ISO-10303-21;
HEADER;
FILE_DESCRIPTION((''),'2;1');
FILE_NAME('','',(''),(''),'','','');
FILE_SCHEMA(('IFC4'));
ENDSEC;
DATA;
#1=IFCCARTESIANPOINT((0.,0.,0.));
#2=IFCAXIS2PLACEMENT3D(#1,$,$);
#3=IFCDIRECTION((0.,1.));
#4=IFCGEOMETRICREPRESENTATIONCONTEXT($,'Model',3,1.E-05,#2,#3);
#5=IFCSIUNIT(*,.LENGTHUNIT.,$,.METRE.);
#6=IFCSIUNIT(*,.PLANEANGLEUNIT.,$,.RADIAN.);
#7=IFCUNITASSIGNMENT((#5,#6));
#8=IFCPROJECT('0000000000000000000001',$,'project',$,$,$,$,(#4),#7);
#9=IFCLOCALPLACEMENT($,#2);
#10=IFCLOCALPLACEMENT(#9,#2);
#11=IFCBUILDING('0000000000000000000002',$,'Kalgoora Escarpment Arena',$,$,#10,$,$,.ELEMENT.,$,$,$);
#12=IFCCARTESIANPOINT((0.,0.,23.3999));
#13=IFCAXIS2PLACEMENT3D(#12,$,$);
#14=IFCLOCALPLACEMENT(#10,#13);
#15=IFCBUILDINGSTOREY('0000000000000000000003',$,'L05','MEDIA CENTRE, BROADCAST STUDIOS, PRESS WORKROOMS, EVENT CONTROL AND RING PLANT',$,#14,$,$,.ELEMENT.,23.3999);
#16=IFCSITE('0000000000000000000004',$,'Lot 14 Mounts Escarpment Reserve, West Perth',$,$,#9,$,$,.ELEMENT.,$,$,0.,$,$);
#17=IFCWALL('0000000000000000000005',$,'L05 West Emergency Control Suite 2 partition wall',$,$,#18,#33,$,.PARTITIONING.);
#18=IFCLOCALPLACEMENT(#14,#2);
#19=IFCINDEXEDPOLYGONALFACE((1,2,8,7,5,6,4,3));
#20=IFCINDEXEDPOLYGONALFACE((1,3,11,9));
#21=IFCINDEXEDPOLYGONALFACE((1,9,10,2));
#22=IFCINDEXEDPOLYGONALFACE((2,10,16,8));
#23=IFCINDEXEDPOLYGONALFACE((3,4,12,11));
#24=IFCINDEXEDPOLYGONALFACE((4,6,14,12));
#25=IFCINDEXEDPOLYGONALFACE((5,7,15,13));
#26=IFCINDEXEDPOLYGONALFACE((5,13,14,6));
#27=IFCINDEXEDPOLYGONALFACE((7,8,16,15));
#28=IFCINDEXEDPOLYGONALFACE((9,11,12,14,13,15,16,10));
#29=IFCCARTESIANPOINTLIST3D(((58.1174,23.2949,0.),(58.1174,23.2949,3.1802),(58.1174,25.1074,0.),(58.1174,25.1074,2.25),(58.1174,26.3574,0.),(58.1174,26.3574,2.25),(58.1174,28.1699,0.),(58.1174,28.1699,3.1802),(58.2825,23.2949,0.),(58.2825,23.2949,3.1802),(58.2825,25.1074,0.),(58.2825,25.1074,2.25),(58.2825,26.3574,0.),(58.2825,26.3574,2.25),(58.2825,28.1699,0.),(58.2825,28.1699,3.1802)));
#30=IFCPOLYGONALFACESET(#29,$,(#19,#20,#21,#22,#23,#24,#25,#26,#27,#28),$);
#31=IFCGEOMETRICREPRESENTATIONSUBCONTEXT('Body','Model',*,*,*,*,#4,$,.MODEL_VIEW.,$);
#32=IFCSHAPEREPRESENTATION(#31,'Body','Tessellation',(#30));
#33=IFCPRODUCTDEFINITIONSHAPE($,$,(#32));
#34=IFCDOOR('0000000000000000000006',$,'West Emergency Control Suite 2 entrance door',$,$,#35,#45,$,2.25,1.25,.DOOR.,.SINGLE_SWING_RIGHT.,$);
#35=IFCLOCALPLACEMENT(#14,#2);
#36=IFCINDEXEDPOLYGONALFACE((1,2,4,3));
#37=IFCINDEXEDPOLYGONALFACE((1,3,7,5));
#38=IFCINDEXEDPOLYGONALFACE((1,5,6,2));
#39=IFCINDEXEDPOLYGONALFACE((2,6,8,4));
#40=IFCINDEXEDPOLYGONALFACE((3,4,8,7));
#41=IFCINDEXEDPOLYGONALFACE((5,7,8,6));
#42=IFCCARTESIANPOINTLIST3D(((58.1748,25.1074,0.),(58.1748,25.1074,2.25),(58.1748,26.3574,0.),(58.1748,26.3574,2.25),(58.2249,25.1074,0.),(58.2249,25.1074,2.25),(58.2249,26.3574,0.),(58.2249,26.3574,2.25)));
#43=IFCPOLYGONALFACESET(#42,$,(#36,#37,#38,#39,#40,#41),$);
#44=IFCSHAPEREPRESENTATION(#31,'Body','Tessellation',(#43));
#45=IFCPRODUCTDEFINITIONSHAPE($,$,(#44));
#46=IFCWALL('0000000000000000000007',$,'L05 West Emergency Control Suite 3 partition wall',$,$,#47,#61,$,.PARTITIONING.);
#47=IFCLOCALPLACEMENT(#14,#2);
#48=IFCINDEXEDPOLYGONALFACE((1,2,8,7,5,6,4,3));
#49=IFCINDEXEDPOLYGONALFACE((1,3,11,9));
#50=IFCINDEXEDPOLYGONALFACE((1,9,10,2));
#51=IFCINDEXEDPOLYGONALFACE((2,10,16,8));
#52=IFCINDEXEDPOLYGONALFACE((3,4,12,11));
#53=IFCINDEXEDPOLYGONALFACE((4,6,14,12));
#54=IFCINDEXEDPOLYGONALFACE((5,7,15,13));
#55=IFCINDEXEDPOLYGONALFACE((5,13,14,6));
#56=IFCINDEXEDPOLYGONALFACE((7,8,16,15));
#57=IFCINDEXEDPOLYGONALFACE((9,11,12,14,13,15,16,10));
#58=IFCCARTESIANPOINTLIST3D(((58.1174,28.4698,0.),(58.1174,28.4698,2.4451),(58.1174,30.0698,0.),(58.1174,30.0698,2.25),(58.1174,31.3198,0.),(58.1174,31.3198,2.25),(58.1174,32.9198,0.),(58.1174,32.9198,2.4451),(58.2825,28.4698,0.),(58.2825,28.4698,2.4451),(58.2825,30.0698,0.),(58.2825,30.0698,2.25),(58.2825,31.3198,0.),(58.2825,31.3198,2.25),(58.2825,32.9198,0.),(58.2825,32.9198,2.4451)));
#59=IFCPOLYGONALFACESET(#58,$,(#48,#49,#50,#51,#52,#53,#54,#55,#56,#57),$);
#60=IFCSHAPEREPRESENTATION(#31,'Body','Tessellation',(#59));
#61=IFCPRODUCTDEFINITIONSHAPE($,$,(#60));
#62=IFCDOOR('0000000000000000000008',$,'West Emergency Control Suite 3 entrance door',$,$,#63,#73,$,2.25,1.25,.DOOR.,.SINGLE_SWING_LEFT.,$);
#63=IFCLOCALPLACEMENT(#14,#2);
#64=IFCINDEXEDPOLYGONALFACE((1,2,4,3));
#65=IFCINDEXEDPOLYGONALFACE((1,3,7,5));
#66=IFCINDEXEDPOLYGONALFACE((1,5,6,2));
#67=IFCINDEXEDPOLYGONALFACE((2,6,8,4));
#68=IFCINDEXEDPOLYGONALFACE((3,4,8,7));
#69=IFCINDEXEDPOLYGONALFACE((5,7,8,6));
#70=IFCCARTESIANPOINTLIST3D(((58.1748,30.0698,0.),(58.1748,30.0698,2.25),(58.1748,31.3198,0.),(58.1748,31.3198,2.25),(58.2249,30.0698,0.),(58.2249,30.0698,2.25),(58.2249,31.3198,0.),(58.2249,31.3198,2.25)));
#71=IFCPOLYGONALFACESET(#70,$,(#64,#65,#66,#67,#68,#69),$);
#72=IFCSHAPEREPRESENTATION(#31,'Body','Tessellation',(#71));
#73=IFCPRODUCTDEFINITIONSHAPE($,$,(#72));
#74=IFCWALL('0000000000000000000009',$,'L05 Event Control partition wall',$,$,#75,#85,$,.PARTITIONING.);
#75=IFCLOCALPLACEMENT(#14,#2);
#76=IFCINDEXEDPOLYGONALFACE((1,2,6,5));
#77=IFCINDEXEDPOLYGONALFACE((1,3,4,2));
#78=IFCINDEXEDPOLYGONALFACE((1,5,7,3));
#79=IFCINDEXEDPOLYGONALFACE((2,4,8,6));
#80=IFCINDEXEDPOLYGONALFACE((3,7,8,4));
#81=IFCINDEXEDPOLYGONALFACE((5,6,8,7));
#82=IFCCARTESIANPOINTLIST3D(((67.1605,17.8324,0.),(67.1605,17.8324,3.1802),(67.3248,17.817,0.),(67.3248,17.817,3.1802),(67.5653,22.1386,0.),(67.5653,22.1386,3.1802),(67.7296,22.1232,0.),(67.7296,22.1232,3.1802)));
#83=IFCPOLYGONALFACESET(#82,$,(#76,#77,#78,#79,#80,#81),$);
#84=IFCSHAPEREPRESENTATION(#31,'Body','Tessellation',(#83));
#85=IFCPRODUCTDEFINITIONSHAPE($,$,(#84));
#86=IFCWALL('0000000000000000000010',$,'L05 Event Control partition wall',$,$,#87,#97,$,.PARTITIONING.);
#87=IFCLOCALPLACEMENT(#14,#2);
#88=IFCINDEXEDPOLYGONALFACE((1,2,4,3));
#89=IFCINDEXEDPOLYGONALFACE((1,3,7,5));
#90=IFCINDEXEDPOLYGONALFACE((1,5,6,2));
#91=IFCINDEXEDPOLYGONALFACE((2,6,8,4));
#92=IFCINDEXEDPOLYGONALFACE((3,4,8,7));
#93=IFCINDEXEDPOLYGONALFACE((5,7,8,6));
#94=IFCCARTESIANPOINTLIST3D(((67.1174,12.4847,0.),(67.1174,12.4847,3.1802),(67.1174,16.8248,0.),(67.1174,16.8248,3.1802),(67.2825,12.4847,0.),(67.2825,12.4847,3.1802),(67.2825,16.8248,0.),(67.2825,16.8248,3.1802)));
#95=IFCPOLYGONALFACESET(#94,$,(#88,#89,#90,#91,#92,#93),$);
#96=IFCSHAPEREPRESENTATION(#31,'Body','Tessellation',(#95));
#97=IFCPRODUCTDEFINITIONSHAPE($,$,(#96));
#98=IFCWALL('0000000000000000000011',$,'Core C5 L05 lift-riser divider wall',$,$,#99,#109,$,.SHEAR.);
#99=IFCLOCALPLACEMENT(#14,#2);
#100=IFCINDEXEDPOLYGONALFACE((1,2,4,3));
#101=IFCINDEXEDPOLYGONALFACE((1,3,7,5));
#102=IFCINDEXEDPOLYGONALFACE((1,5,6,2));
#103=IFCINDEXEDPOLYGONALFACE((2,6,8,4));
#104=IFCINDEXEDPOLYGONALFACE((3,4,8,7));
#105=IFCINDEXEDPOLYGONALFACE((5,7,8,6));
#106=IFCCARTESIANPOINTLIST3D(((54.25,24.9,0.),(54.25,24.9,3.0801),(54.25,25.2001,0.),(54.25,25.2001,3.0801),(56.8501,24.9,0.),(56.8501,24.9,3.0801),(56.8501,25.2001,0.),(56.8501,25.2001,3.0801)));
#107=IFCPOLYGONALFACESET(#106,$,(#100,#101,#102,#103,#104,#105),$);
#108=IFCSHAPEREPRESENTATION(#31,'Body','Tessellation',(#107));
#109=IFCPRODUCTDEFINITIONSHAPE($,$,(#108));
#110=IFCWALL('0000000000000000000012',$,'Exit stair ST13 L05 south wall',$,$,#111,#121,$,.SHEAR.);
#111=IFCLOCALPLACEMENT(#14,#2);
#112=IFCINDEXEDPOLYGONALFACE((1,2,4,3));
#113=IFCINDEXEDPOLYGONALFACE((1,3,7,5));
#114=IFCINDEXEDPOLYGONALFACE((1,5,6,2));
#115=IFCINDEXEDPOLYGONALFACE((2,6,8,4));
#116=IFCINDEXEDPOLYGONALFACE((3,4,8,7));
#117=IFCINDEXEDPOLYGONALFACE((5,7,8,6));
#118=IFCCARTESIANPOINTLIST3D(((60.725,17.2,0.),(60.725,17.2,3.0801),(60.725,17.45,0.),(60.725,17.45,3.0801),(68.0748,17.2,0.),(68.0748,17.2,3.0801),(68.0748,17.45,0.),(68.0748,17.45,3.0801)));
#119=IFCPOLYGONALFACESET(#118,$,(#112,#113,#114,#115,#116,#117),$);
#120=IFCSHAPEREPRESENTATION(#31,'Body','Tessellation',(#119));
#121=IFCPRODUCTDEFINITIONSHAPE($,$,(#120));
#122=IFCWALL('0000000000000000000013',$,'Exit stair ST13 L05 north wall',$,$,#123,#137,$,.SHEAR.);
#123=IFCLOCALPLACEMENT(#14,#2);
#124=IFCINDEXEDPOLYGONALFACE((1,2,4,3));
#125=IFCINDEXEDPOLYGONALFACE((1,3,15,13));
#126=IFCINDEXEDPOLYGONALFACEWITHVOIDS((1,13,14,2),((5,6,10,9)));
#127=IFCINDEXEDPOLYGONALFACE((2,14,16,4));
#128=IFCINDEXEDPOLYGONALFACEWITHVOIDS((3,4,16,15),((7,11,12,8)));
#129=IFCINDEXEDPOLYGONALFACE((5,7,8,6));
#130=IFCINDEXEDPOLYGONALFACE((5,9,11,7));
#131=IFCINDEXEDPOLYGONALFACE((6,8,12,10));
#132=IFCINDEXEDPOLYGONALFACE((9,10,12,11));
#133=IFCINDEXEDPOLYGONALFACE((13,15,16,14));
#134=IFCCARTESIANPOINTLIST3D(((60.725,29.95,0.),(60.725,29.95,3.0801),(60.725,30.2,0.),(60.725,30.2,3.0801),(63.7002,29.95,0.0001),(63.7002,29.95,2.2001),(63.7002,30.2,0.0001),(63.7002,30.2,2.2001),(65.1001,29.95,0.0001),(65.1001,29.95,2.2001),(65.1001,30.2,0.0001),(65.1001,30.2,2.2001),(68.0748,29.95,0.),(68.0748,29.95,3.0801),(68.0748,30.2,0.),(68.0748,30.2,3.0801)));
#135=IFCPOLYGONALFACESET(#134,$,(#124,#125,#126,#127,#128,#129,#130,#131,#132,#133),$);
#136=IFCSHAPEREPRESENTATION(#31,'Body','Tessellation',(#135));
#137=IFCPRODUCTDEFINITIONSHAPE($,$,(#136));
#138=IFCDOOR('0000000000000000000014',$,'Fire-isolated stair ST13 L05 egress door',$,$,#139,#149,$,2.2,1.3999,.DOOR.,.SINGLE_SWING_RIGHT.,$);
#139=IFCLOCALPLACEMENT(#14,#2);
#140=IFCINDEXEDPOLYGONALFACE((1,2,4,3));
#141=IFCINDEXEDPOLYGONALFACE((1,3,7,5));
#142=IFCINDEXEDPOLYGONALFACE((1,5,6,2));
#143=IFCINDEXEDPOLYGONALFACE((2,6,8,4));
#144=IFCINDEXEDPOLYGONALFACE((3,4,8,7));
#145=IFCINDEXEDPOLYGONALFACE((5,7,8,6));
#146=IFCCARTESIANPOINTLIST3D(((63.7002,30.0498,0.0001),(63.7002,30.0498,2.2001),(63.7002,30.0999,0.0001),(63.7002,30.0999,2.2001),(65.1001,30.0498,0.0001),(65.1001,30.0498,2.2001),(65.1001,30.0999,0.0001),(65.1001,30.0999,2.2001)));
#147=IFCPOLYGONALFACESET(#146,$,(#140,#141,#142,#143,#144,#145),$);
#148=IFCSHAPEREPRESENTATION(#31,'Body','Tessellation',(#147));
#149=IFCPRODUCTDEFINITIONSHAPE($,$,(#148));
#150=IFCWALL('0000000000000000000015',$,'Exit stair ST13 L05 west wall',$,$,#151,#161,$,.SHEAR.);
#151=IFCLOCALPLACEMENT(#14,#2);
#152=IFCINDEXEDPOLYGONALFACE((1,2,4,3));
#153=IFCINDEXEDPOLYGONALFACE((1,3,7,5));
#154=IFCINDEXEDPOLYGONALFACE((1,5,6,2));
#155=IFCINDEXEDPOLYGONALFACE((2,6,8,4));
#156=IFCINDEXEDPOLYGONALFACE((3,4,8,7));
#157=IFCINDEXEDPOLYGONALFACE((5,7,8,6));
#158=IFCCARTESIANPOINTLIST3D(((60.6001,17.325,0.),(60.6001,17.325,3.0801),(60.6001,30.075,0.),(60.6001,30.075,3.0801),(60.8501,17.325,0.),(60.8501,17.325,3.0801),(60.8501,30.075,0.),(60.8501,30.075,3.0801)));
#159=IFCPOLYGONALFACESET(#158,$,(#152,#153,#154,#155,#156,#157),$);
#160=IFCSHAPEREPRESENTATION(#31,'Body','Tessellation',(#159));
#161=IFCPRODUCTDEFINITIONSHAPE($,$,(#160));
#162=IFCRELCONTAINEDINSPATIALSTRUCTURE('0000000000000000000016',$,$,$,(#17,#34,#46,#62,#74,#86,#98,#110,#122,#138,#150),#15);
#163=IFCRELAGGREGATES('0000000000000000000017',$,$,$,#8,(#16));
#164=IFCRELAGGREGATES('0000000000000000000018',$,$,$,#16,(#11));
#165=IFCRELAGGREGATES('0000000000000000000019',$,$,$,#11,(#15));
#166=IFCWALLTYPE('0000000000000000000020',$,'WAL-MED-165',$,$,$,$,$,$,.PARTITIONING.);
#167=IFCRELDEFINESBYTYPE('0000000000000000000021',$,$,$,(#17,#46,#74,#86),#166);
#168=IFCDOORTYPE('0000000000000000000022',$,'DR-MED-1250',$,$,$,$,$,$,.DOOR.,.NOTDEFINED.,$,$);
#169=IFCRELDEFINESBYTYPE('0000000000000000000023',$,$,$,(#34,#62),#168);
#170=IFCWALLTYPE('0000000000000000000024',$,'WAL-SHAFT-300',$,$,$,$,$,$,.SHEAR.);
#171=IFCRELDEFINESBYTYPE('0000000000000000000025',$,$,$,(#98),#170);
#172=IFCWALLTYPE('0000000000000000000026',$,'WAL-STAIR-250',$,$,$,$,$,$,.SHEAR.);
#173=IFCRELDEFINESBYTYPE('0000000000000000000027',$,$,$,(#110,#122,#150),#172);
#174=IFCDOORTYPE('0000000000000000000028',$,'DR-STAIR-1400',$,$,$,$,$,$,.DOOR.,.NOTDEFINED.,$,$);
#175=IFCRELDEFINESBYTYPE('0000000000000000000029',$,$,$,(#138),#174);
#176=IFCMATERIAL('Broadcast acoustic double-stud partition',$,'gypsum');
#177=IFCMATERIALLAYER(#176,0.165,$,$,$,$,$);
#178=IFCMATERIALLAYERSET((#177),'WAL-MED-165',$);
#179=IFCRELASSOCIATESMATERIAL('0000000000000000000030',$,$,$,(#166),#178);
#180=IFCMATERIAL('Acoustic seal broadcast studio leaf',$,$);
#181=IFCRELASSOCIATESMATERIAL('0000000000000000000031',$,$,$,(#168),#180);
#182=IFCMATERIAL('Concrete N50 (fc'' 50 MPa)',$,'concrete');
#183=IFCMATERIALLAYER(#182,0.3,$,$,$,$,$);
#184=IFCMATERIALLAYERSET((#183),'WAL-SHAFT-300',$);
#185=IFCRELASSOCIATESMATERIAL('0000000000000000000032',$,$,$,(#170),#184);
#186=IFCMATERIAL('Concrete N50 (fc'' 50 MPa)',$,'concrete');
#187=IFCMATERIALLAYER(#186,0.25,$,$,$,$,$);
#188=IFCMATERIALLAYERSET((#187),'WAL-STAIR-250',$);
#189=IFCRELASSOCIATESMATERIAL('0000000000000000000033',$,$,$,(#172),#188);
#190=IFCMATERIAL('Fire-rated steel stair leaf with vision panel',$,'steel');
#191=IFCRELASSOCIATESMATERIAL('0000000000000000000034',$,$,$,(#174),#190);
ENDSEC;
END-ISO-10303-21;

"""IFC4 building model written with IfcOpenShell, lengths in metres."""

from ifc_helpers import new_model, si_unit, direction, frame, frame_2d, origin, place, context, subcontext, project, spatial, rectangle, extrude, material, layer, layer_set, type_object, element, fill, save


model = new_model("IFC4")

# Units and contexts
model_context = context("Model", 3, precision=1e-05, world=origin(), true_north=direction((0.0, 1.0)))
body_context = subcontext(model_context, "Body", "Model", "MODEL_VIEW")
ifc_project = project(units=[si_unit("LENGTHUNIT", "METRE"), si_unit("PLANEANGLEUNIT", "RADIAN")], contexts=[model_context])

# Site, building, storey
site_placement = place(None, origin())
site = spatial("IfcSite", under=ifc_project, at=site_placement, Name="Lot 14 Mounts Escarpment Reserve, West Perth", CompositionType="ELEMENT", RefElevation=0.0)
building_placement = place(site_placement, origin())
building = spatial("IfcBuilding", under=site, at=building_placement, Name="Kalgoora Escarpment Arena", CompositionType="ELEMENT")
storey_placement = place(building_placement, frame((0.0, 0.0, 23.3999)))
storey = spatial("IfcBuildingStorey", under=building, at=storey_placement, Name="L05", Description="MEDIA CENTRE, BROADCAST STUDIOS, PRESS WORKROOMS, EVENT CONTROL AND RING PLANT", CompositionType="ELEMENT", Elevation=23.3999)

# Shared definitions
ifc_material_1 = material(Name="Broadcast acoustic double-stud partition", Category="gypsum")
ifc_layer_1 = layer(ifc_material_1, 0.165)
ifc_layer_set_1 = layer_set([ifc_layer_1], Name="WAL-MED-165")
wall_type_1 = type_object("IfcWallType", Name="WAL-MED-165", PredefinedType="PARTITIONING", material=ifc_layer_set_1)

# Walls, openings, doors
ifc_material_2 = material(Name="Acoustic seal broadcast studio leaf")
door_type_1 = type_object("IfcDoorType", Name="DR-MED-1250", OperationType="NOTDEFINED", PredefinedType="DOOR", material=ifc_material_2)
wall_1_placement = place(storey_placement, frame((58.2, 28.1699, 0.0), z_axis=(0.0, 0.0, 1.0), x_axis=(0.0, -1.0, 0.0)))
wall_1 = element("IfcWall", 1, at=wall_1_placement, inside=storey, type_object=wall_type_1, Name="L05 West Emergency Control Suite 2 partition wall", PredefinedType="PARTITIONING", context=body_context, shape_type="SweptSolid", body=[
    extrude(rectangle(XDim=4.875, YDim=0.165, at=frame_2d((2.4375, 0.0))), origin(), (0.0, 0.0, 1.0), 3.1802),
])
opening_1_placement = place(wall_1_placement, frame((1.8125, 0.0, 0.0)))
opening_1 = element("IfcOpeningElement", 2, at=opening_1_placement, cuts=wall_1, PredefinedType="OPENING", context=body_context, shape_type="SweptSolid", body=[
    extrude(rectangle(XDim=1.25, YDim=2.25, at=frame_2d((0.625, 1.125))), frame((0.0, 0.0925, 0.0), z_axis=(0.0, -1.0, 0.0), x_axis=(1.0, 0.0, 0.0)), (0.0, 0.0, 1.0), 0.1851),
])
door_1_placement = place(opening_1_placement, origin())
door_1 = element("IfcDoor", 3, at=door_1_placement, inside=storey, type_object=door_type_1, Name="West Emergency Control Suite 2 entrance door", OperationType="SINGLE_SWING_RIGHT", OverallHeight=2.25, OverallWidth=1.25, PredefinedType="DOOR", context=body_context, shape_type="SweptSolid", body=[
    extrude(rectangle(XDim=1.25, YDim=2.25, at=frame_2d((0.625, 1.125))), frame((0.0, 0.0249, 0.0), z_axis=(0.0, -1.0, 0.0), x_axis=(1.0, 0.0, 0.0)), (0.0, 0.0, 1.0), 0.05),
])
fill(opening_1, door_1)
wall_2_placement = place(storey_placement, frame((58.2, 32.9199, 0.0), z_axis=(0.0, 0.0, 1.0), x_axis=(0.0, -1.0, 0.0)))
wall_2 = element("IfcWall", 4, at=wall_2_placement, inside=storey, type_object=wall_type_1, Name="L05 West Emergency Control Suite 3 partition wall", PredefinedType="PARTITIONING", context=body_context, shape_type="SweptSolid", body=[
    extrude(rectangle(XDim=4.45, YDim=0.165, at=frame_2d((2.2251, 0.0))), origin(), (0.0, 0.0, 1.0), 2.4451),
])
opening_2_placement = place(wall_2_placement, frame((1.6001, 0.0, 0.0)))
opening_2 = element("IfcOpeningElement", 5, at=opening_2_placement, cuts=wall_2, PredefinedType="OPENING", context=body_context, shape_type="SweptSolid", body=[
    extrude(rectangle(XDim=1.25, YDim=2.25, at=frame_2d((0.625, 1.125))), frame((0.0, 0.0925, 0.0), z_axis=(0.0, -1.0, 0.0), x_axis=(1.0, 0.0, 0.0)), (0.0, 0.0, 1.0), 0.1851),
])
door_2_placement = place(opening_2_placement, origin())
door_2 = element("IfcDoor", 6, at=door_2_placement, inside=storey, type_object=door_type_1, Name="West Emergency Control Suite 3 entrance door", OperationType="SINGLE_SWING_LEFT", OverallHeight=2.25, OverallWidth=1.25, PredefinedType="DOOR", context=body_context, shape_type="SweptSolid", body=[
    extrude(rectangle(XDim=1.25, YDim=2.25, at=frame_2d((0.625, 1.125))), frame((0.0, 0.0249, 0.0), z_axis=(0.0, -1.0, 0.0), x_axis=(1.0, 0.0, 0.0)), (0.0, 0.0, 1.0), 0.05),
])
fill(opening_2, door_2)

# Walls
wall_3_placement = place(storey_placement, frame((67.2427, 17.8247, 0.0), z_axis=(0.0, 0.0, 1.0), x_axis=(0.093589, 0.995611, 0.0)))
element("IfcWall", 7, at=wall_3_placement, inside=storey, type_object=wall_type_1, Name="L05 Event Control partition wall", PredefinedType="PARTITIONING", context=body_context, shape_type="SweptSolid", body=[
    extrude(rectangle(XDim=4.3252, YDim=0.165, at=frame_2d((2.1626, 0.0))), origin(), (0.0, 0.0, 1.0), 3.1802),
])
wall_4_placement = place(storey_placement, frame((67.2, 12.4849, 0.0), z_axis=(0.0, 0.0, 1.0), x_axis=(0.0, 1.0, 0.0)))
element("IfcWall", 8, at=wall_4_placement, inside=storey, type_object=wall_type_1, Name="L05 Event Control partition wall", PredefinedType="PARTITIONING", context=body_context, shape_type="SweptSolid", body=[
    extrude(rectangle(XDim=4.3401, YDim=0.165, at=frame_2d((2.1699, 0.0))), origin(), (0.0, 0.0, 1.0), 3.1802),
])
ifc_material_3 = material(Name="Concrete N50 (fc' 50 MPa)", Category="concrete")
ifc_layer_2 = layer(ifc_material_3, 0.3)
ifc_layer_set_2 = layer_set([ifc_layer_2], Name="WAL-SHAFT-300")
wall_type_2 = type_object("IfcWallType", Name="WAL-SHAFT-300", PredefinedType="SHEAR", material=ifc_layer_set_2)
wall_5_placement = place(storey_placement, frame((54.25, 25.05, 0.0), z_axis=(0.0, 0.0, 1.0), x_axis=(1.0, 0.0, 0.0)))
element("IfcWall", 9, at=wall_5_placement, inside=storey, type_object=wall_type_2, Name="Core C5 L05 lift-riser divider wall", PredefinedType="SHEAR", context=body_context, shape_type="SweptSolid", body=[
    extrude(rectangle(XDim=2.6001, YDim=0.3, at=frame_2d((1.3, 0.0))), origin(), (0.0, 0.0, 1.0), 3.0801),
])
ifc_material_4 = material(Name="Concrete N50 (fc' 50 MPa)", Category="concrete")
ifc_layer_3 = layer(ifc_material_4, 0.25)
ifc_layer_set_3 = layer_set([ifc_layer_3], Name="WAL-STAIR-250")
wall_type_3 = type_object("IfcWallType", Name="WAL-STAIR-250", PredefinedType="SHEAR", material=ifc_layer_set_3)
wall_6_placement = place(storey_placement, frame((60.7251, 17.325, 0.0), z_axis=(0.0, 0.0, 1.0), x_axis=(1.0, 0.0, 0.0)))
element("IfcWall", 10, at=wall_6_placement, inside=storey, type_object=wall_type_3, Name="Exit stair ST13 L05 south wall", PredefinedType="SHEAR", context=body_context, shape_type="SweptSolid", body=[
    extrude(rectangle(XDim=7.3499, YDim=0.25, at=frame_2d((3.6748, 0.0))), origin(), (0.0, 0.0, 1.0), 3.0801),
])

# Wall, opening, door
wall_7_placement = place(storey_placement, frame((60.7251, 30.075, 0.0), z_axis=(0.0, 0.0, 1.0), x_axis=(1.0, 0.0, 0.0)))
wall_7 = element("IfcWall", 11, at=wall_7_placement, inside=storey, type_object=wall_type_3, Name="Exit stair ST13 L05 north wall", PredefinedType="SHEAR", context=body_context, shape_type="SweptSolid", body=[
    extrude(rectangle(XDim=7.3499, YDim=0.25, at=frame_2d((3.6748, 0.0))), origin(), (0.0, 0.0, 1.0), 3.0801),
])
opening_3_placement = place(wall_7_placement, frame((2.9751, 0.0, 0.0)))
opening_3 = element("IfcOpeningElement", 12, at=opening_3_placement, cuts=wall_7, PredefinedType="OPENING", context=body_context, shape_type="SweptSolid", body=[
    extrude(rectangle(XDim=1.3999, YDim=2.2, at=frame_2d((0.7, 1.1001))), frame((0.0, 0.135, 0.0), z_axis=(0.0, -1.0, 0.0), x_axis=(1.0, 0.0, 0.0)), (0.0, 0.0, 1.0), 0.27),
])
ifc_material_5 = material(Name="Fire-rated steel stair leaf with vision panel", Category="steel")
door_type_2 = type_object("IfcDoorType", Name="DR-STAIR-1400", OperationType="NOTDEFINED", PredefinedType="DOOR", material=ifc_material_5)
door_3_placement = place(opening_3_placement, origin())
door_3 = element("IfcDoor", 13, at=door_3_placement, inside=storey, type_object=door_type_2, Name="Fire-isolated stair ST13 L05 egress door", OperationType="SINGLE_SWING_RIGHT", OverallHeight=2.2, OverallWidth=1.3999, PredefinedType="DOOR", context=body_context, shape_type="SweptSolid", body=[
    extrude(rectangle(XDim=1.3999, YDim=2.2, at=frame_2d((0.7, 1.1001))), frame((0.0, 0.0249, 0.0), z_axis=(0.0, -1.0, 0.0), x_axis=(1.0, 0.0, 0.0)), (0.0, 0.0, 1.0), 0.05),
])
fill(opening_3, door_3)

# Wall
wall_8_placement = place(storey_placement, frame((60.7251, 17.325, 0.0), z_axis=(0.0, 0.0, 1.0), x_axis=(0.0, 1.0, 0.0)))
element("IfcWall", 14, at=wall_8_placement, inside=storey, type_object=wall_type_3, Name="Exit stair ST13 L05 west wall", PredefinedType="SHEAR", context=body_context, shape_type="SweptSolid", body=[
    extrude(rectangle(XDim=12.75, YDim=0.25, at=frame_2d((6.375, 0.0))), origin(), (0.0, 0.0, 1.0), 3.0801),
])

save(model, "model.ifc")
